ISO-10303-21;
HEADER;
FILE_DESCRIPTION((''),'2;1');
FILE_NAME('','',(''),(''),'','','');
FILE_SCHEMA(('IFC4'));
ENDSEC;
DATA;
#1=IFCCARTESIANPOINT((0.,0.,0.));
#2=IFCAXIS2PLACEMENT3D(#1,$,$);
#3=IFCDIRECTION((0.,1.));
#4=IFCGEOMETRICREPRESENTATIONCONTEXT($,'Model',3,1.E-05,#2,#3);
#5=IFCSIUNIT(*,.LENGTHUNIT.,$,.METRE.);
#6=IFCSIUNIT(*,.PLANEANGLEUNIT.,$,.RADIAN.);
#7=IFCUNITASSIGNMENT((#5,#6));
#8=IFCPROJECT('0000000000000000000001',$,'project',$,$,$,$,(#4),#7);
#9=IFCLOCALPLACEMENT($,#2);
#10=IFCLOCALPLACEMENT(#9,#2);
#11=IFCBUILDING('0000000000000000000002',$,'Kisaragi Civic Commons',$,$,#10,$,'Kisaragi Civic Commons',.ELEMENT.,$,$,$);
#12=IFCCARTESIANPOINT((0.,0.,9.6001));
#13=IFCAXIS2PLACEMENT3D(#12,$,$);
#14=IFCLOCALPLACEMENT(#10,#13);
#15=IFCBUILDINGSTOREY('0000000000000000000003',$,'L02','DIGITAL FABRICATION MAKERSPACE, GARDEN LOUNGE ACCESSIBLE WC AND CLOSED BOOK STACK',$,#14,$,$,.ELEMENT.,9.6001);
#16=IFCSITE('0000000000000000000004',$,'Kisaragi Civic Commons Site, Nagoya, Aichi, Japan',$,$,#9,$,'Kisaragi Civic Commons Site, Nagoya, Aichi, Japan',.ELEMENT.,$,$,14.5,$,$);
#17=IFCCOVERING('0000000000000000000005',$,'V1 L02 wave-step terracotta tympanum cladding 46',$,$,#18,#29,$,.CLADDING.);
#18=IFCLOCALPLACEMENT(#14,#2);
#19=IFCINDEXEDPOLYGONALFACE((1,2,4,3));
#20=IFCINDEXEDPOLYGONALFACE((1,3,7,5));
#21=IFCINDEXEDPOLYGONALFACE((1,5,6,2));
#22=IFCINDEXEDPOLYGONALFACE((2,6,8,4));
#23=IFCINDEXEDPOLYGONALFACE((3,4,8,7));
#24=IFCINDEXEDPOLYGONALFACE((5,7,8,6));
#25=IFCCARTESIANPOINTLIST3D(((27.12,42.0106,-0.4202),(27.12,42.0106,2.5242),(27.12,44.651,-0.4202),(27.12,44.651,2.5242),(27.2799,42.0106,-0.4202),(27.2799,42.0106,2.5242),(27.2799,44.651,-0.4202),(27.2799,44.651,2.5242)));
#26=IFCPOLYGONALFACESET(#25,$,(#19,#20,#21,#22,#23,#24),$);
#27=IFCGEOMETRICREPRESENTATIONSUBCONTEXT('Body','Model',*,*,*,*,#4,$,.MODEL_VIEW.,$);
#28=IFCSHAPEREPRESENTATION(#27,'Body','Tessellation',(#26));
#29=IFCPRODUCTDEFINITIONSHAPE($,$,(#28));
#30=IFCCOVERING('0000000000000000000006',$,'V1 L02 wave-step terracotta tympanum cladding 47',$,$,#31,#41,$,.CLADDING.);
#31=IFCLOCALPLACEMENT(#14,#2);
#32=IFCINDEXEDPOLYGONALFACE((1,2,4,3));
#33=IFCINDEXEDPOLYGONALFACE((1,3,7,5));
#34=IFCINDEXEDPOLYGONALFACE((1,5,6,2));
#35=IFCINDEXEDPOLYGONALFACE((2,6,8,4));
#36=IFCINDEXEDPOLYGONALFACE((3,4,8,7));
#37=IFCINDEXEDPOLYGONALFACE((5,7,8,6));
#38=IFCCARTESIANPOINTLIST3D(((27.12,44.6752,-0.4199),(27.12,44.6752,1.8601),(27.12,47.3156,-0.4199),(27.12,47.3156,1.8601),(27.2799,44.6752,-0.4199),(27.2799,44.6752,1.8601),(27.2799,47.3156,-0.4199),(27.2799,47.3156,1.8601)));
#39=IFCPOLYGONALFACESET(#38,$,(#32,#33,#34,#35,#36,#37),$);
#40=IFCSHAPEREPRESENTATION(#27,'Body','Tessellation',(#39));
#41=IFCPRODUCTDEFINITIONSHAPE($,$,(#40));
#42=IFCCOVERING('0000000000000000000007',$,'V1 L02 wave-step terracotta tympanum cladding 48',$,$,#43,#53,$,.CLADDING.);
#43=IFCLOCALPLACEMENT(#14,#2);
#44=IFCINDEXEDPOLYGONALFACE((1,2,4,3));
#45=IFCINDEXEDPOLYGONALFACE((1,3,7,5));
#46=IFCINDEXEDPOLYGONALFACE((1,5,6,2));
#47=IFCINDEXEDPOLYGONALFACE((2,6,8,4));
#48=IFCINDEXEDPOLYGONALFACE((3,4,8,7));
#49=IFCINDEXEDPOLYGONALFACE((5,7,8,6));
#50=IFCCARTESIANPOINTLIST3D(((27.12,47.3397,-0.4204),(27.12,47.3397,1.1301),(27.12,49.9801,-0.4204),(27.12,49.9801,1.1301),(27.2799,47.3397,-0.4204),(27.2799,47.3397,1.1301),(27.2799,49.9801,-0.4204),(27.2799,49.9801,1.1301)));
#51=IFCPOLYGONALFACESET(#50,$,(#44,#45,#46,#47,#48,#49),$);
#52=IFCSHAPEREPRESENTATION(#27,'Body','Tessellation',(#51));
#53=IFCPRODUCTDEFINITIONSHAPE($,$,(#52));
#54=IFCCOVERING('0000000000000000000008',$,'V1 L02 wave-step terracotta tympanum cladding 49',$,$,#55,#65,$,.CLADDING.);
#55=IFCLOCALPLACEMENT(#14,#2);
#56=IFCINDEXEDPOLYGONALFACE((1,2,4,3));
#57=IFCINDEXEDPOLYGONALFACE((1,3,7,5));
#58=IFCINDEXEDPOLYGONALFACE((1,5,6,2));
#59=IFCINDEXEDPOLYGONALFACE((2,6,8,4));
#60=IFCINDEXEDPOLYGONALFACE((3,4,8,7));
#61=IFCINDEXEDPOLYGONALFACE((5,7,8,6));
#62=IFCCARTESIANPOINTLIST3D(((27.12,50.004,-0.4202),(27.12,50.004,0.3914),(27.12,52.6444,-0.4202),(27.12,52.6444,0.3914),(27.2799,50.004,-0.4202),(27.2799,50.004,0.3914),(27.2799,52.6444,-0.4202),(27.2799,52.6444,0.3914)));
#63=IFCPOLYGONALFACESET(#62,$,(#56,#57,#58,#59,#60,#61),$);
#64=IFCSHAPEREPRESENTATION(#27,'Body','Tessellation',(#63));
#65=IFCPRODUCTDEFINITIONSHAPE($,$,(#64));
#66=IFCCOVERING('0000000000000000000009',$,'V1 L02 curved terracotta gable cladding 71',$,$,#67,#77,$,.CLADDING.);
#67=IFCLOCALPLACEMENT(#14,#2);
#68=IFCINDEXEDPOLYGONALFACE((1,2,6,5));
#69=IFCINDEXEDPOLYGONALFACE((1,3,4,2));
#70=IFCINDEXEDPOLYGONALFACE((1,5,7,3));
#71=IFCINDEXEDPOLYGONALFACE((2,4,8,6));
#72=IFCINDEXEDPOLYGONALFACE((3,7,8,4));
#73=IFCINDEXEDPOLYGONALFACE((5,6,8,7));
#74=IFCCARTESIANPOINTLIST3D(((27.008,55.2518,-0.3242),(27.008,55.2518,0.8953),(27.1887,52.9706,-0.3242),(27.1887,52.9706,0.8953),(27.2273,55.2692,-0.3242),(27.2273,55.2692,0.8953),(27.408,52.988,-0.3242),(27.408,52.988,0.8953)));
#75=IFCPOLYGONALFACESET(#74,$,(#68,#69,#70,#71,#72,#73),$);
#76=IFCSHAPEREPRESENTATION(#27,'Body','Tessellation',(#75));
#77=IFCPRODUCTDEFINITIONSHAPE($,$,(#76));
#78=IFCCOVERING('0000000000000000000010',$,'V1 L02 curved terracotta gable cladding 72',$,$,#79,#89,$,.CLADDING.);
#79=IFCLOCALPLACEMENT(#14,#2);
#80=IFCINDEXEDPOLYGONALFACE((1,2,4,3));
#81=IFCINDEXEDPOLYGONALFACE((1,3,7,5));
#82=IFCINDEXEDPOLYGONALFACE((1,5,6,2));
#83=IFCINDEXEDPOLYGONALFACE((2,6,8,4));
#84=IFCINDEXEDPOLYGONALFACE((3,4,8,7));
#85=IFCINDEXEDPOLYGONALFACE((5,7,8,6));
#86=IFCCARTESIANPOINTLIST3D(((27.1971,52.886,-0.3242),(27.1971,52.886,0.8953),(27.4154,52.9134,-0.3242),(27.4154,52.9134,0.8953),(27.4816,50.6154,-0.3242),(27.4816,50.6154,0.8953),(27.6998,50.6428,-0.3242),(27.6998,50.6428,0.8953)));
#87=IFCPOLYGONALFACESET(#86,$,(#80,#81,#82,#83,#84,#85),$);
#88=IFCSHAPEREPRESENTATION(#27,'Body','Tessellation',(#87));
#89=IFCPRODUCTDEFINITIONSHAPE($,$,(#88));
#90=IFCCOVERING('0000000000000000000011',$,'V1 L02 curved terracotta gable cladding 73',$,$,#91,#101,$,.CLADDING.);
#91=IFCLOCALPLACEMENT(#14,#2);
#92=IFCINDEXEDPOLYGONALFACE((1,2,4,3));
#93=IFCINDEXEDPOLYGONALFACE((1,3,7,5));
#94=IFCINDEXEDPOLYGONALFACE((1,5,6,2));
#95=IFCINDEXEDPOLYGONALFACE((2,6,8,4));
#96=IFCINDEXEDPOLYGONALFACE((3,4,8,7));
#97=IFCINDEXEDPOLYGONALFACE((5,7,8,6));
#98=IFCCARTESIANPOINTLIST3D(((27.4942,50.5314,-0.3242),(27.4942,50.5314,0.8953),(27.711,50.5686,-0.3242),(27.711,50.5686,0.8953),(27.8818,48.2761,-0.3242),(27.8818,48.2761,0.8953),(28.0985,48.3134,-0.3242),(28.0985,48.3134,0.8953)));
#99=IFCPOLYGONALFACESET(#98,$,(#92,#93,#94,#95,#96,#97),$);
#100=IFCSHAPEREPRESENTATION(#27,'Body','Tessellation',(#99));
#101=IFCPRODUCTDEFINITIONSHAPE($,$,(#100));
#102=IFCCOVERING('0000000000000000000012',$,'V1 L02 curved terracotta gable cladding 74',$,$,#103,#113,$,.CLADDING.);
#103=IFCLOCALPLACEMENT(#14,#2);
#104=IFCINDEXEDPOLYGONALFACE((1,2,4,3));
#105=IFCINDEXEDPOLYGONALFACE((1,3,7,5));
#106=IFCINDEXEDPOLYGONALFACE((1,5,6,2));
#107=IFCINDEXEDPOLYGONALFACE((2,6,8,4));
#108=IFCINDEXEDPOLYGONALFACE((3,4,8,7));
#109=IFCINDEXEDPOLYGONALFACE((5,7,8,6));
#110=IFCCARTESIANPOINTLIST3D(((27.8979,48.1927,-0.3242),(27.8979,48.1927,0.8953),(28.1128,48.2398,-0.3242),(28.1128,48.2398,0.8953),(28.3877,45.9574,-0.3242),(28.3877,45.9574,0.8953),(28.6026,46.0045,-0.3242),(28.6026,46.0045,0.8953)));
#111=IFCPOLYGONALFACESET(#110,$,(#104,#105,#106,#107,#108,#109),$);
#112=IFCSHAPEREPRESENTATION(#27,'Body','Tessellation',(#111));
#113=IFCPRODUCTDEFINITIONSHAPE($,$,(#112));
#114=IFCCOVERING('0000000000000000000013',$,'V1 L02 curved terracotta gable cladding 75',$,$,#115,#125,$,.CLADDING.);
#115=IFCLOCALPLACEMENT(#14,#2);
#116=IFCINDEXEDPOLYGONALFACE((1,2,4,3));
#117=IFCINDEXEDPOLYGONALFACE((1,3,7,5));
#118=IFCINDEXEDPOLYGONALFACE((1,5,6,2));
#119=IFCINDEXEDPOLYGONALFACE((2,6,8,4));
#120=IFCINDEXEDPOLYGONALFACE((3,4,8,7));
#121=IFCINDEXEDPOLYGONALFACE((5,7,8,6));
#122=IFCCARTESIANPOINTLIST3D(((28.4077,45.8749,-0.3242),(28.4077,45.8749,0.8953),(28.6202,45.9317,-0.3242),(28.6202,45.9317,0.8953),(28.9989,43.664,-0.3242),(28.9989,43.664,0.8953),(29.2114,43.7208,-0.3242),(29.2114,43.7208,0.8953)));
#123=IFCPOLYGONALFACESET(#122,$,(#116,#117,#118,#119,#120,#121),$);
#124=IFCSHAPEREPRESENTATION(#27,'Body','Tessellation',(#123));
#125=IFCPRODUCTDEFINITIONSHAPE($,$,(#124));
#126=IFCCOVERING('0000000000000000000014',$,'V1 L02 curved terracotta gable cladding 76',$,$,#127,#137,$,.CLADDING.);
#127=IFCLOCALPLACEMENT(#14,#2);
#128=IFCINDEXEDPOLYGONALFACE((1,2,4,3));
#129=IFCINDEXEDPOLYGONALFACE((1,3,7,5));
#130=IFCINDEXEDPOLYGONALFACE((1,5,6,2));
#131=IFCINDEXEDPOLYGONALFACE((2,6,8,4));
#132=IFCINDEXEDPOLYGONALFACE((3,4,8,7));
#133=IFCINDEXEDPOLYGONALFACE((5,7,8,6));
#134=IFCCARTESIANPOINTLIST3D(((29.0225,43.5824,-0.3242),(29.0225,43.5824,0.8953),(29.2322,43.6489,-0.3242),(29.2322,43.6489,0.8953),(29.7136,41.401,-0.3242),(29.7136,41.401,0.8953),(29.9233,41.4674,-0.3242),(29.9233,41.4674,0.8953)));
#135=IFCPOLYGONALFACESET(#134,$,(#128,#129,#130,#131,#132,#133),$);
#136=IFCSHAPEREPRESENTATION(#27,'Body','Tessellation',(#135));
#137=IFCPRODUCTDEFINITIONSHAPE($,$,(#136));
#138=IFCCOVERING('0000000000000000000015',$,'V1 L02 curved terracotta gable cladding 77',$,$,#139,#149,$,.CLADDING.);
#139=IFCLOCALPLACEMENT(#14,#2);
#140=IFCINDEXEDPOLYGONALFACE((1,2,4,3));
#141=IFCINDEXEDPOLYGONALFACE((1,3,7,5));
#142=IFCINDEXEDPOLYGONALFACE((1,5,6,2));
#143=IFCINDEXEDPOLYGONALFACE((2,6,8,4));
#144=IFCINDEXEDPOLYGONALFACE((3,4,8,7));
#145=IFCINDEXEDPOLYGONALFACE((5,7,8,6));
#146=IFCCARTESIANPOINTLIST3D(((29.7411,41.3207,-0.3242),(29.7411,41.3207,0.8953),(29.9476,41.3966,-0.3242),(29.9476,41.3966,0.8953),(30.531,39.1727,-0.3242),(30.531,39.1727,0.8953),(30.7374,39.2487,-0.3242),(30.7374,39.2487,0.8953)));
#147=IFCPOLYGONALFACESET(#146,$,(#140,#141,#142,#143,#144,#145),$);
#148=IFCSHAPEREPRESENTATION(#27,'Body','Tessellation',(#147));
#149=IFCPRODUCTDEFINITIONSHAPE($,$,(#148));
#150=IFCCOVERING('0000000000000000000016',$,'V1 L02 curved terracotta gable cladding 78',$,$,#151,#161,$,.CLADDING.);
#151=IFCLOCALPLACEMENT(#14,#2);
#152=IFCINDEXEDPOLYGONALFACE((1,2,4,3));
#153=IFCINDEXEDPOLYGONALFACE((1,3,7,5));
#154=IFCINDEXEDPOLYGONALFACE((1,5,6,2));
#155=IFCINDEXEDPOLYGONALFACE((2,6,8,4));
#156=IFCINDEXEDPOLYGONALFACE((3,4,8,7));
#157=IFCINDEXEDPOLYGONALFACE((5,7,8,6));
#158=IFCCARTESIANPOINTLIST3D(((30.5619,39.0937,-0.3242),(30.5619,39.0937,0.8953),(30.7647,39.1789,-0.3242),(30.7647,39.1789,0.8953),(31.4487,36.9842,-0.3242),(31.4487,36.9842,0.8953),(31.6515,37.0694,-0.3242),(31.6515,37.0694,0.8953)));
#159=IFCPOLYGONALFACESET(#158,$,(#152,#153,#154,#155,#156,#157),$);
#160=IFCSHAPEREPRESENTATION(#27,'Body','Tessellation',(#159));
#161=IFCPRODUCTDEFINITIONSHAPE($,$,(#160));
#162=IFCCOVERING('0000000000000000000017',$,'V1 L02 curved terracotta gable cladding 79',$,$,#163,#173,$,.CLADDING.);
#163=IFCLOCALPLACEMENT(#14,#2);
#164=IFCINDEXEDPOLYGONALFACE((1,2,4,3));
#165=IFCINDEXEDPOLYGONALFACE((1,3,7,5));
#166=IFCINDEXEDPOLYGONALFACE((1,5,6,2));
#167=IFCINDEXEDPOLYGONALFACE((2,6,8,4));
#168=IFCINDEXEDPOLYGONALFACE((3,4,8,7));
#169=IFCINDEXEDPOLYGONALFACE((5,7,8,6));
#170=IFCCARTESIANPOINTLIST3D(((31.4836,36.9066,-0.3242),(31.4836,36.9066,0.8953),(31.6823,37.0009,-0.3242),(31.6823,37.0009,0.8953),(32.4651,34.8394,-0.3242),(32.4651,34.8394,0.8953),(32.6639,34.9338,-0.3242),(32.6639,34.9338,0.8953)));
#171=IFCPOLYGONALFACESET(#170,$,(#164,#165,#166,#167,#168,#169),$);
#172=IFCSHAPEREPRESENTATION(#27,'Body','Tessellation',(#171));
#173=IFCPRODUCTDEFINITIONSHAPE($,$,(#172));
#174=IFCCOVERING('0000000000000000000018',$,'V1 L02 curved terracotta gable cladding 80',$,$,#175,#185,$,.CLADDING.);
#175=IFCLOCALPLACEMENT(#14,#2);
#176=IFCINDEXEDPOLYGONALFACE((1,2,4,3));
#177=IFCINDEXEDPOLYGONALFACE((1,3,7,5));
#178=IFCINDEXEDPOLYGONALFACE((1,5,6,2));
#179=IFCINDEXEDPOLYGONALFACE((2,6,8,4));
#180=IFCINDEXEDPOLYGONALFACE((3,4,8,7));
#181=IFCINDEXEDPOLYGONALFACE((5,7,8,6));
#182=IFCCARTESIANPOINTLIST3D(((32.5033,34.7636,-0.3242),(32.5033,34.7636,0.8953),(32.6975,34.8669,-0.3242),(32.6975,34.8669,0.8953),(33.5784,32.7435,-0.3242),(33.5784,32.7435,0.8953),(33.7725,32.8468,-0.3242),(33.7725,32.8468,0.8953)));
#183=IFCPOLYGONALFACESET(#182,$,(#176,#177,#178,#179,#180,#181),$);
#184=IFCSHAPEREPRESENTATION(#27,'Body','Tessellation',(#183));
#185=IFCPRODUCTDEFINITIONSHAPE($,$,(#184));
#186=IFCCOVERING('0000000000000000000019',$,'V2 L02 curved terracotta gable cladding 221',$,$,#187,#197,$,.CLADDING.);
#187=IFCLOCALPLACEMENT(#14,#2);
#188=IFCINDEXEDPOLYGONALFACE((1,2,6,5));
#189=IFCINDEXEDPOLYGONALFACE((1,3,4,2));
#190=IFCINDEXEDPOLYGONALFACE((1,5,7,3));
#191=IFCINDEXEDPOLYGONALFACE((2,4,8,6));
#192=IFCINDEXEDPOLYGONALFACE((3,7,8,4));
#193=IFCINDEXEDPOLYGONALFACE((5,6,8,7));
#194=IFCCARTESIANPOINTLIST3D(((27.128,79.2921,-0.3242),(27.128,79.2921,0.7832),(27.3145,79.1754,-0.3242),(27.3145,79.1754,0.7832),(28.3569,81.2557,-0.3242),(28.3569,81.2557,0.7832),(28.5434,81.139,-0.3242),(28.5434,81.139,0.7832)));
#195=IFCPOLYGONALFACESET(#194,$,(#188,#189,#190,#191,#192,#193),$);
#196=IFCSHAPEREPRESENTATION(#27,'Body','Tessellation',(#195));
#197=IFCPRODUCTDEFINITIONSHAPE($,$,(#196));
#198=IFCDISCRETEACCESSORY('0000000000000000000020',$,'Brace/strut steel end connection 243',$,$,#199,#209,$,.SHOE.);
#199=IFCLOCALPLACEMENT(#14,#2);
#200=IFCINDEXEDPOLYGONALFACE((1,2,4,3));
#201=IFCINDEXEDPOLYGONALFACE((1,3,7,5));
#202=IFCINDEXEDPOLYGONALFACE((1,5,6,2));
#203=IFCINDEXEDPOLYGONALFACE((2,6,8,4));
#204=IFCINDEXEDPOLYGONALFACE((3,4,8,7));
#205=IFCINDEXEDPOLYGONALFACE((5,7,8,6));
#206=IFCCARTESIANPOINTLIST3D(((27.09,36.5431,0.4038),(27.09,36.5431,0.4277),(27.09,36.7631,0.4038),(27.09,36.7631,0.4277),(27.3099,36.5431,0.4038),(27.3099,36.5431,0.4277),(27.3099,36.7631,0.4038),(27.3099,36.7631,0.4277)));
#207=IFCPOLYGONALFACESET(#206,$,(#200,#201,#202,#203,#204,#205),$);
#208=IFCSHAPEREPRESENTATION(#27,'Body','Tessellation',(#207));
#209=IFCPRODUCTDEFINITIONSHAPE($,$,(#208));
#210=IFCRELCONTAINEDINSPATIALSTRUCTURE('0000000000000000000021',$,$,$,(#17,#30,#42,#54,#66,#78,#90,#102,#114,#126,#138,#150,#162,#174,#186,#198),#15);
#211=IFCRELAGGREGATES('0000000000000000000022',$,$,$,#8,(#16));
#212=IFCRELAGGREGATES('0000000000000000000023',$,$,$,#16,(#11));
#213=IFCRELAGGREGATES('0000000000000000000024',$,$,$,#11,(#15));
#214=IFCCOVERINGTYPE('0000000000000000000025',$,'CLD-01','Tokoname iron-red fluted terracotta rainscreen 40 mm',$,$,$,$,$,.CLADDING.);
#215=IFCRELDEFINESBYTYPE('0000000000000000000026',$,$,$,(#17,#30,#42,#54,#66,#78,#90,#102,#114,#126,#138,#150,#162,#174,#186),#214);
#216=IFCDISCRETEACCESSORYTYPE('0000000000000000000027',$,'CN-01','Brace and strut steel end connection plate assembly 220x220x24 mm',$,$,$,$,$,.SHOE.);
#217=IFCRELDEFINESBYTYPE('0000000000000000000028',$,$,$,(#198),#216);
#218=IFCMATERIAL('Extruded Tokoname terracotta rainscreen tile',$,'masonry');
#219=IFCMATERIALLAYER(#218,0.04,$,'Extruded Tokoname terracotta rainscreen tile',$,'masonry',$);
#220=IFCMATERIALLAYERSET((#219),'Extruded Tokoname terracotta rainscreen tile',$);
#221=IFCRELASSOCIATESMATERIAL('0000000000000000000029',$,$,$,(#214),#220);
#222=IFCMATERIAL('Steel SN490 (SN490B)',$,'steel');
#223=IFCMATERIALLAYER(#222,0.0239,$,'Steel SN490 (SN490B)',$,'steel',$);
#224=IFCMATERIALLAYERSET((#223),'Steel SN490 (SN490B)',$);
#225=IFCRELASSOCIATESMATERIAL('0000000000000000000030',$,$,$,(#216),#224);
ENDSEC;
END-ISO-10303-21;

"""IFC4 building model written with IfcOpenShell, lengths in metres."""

from ifc_helpers import new_model, si_unit, direction, frame, origin, origin_2d, place, context, subcontext, project, spatial, rectangle, extrude, material, layer, layer_set, type_object, element, save


model = new_model("IFC4")

# Units and contexts
model_context = context("Model", 3, precision=1e-05, world=origin(), true_north=direction((0.0, 1.0)))
body_context = subcontext(model_context, "Body", "Model", "MODEL_VIEW")
ifc_project = project(units=[si_unit("LENGTHUNIT", "METRE"), si_unit("PLANEANGLEUNIT", "RADIAN")], contexts=[model_context])

# Site, building, storey
site_placement = place(None, origin())
site = spatial("IfcSite", under=ifc_project, at=site_placement, Name="Kisaragi Civic Commons Site, Nagoya, Aichi, Japan", LongName="Kisaragi Civic Commons Site, Nagoya, Aichi, Japan", CompositionType="ELEMENT", RefElevation=14.5)
building_placement = place(site_placement, origin())
building = spatial("IfcBuilding", under=site, at=building_placement, Name="Kisaragi Civic Commons", LongName="Kisaragi Civic Commons", CompositionType="ELEMENT")
storey_placement = place(building_placement, frame((0.0, 0.0, 9.6001)))
storey = spatial("IfcBuildingStorey", under=building, at=storey_placement, Name="L02", Description="DIGITAL FABRICATION MAKERSPACE, GARDEN LOUNGE ACCESSIBLE WC AND CLOSED BOOK STACK", CompositionType="ELEMENT", Elevation=9.6001)

# Coverings
ifc_material_1 = material(Name="Extruded Tokoname terracotta rainscreen tile", Category="masonry")
ifc_layer_1 = layer(ifc_material_1, 0.04, Name="Extruded Tokoname terracotta rainscreen tile", Category="masonry")
ifc_layer_set_1 = layer_set([ifc_layer_1], Name="Extruded Tokoname terracotta rainscreen tile")
covering_type = type_object("IfcCoveringType", Name="CLD-01", Description="Tokoname iron-red fluted terracotta rainscreen 40 mm", PredefinedType="CLADDING", material=ifc_layer_set_1)
covering_1_placement = place(storey_placement, frame((27.2, 43.3308, -0.4202), z_axis=(0.0, 0.0, 1.0), x_axis=(0.0, 1.0, 0.0)))
element("IfcCovering", 1, at=covering_1_placement, inside=storey, type_object=covering_type, Name="V1 L02 wave-step terracotta tympanum cladding 46", PredefinedType="CLADDING", context=body_context, shape_type="SweptSolid", body=[
    extrude(rectangle(XDim=2.6404, YDim=0.1599, at=origin_2d()), origin(), (0.0, 0.0, 1.0), 2.9443),
])
covering_2_placement = place(storey_placement, frame((27.2, 45.9954, -0.4199), z_axis=(0.0, 0.0, 1.0), x_axis=(0.0, 1.0, 0.0)))
element("IfcCovering", 2, at=covering_2_placement, inside=storey, type_object=covering_type, Name="V1 L02 wave-step terracotta tympanum cladding 47", PredefinedType="CLADDING", context=body_context, shape_type="SweptSolid", body=[
    extrude(rectangle(XDim=2.6404, YDim=0.1599, at=origin_2d()), origin(), (0.0, 0.0, 1.0), 2.28),
])
covering_3_placement = place(storey_placement, frame((27.2, 48.6599, -0.4204), z_axis=(0.0, 0.0, 1.0), x_axis=(0.0, 1.0, 0.0)))
element("IfcCovering", 3, at=covering_3_placement, inside=storey, type_object=covering_type, Name="V1 L02 wave-step terracotta tympanum cladding 48", PredefinedType="CLADDING", context=body_context, shape_type="SweptSolid", body=[
    extrude(rectangle(XDim=2.6404, YDim=0.1599, at=origin_2d()), origin(), (0.0, 0.0, 1.0), 1.5505),
])
covering_4_placement = place(storey_placement, frame((27.2, 51.3242, -0.4202), z_axis=(0.0, 0.0, 1.0), x_axis=(0.0, 1.0, 0.0)))
element("IfcCovering", 4, at=covering_4_placement, inside=storey, type_object=covering_type, Name="V1 L02 wave-step terracotta tympanum cladding 49", PredefinedType="CLADDING", context=body_context, shape_type="SweptSolid", body=[
    extrude(rectangle(XDim=2.6404, YDim=0.1599, at=origin_2d()), origin(), (0.0, 0.0, 1.0), 0.8115),
])
for number, where, z_axis, x_axis, name in (
    (5, (27.208, 54.1199, -0.3242), (0.0, 0.0, 1.0), (0.078981, -0.996876, 0.0), "V1 L02 curved terracotta gable cladding 71"),
    (6, (27.4485, 51.7644, -0.3242), (0.0, 0.0, 1.0), (0.124294, -0.992245, 0.0), "V1 L02 curved terracotta gable cladding 72"),
    (7, (27.7964, 49.4224, -0.3242), (0.0, 0.0, 1.0), (0.16935, -0.985556, 0.0), "V1 L02 curved terracotta gable cladding 73"),
    (8, (28.2502, 47.0986, -0.3242), (0.0, 0.0, 1.0), (0.214053, -0.976822, 0.0), "V1 L02 curved terracotta gable cladding 74"),
):
    element("IfcCovering", number, at=place(storey_placement, frame(where, z_axis=z_axis, x_axis=x_axis)), inside=storey, type_object=covering_type, Name=name, PredefinedType="CLADDING", context=body_context, shape_type="SweptSolid", body=[
        extrude(rectangle(XDim=2.2883, YDim=0.22, at=origin_2d()), origin(), (0.0, 0.0, 1.0), 1.2195),
    ])
covering_5_placement = place(storey_placement, frame((28.8096, 44.7979, -0.3242), z_axis=(0.0, 0.0, 1.0), x_axis=(0.258313, -0.966061, 0.0)))
element("IfcCovering", 9, at=covering_5_placement, inside=storey, type_object=covering_type, Name="V1 L02 curved terracotta gable cladding 75", PredefinedType="CLADDING", context=body_context, shape_type="SweptSolid", body=[
    extrude(rectangle(XDim=2.2886, YDim=0.22, at=origin_2d()), origin(), (0.0, 0.0, 1.0), 1.2195),
])
covering_6_placement = place(storey_placement, frame((29.4729, 42.5249, -0.3242), z_axis=(0.0, 0.0, 1.0), x_axis=(0.302037, -0.953296, 0.0)))
element("IfcCovering", 10, at=covering_6_placement, inside=storey, type_object=covering_type, Name="V1 L02 curved terracotta gable cladding 76", PredefinedType="CLADDING", context=body_context, shape_type="SweptSolid", body=[
    extrude(rectangle(XDim=2.2883, YDim=0.22, at=origin_2d()), origin(), (0.0, 0.0, 1.0), 1.2195),
])
covering_7_placement = place(storey_placement, frame((30.2393, 40.2847, -0.3242), z_axis=(0.0, 0.0, 1.0), x_axis=(0.345134, -0.938553, 0.0)))
element("IfcCovering", 11, at=covering_7_placement, inside=storey, type_object=covering_type, Name="V1 L02 curved terracotta gable cladding 77", PredefinedType="CLADDING", context=body_context, shape_type="SweptSolid", body=[
    extrude(rectangle(XDim=2.2886, YDim=0.22, at=origin_2d()), origin(), (0.0, 0.0, 1.0), 1.2195),
])
for number, where, z_axis, x_axis, name in (
    (12, (31.1067, 38.0815, -0.3242), (0.0, 0.0, 1.0), (0.387516, -0.921863, 0.0), "V1 L02 curved terracotta gable cladding 78"),
    (13, (32.0737, 35.9202, -0.3242), (0.0, 0.0, 1.0), (0.428935, -0.903335, 0.0), "V1 L02 curved terracotta gable cladding 79"),
    (14, (33.1379, 33.8052, -0.3242), (0.0, 0.0, 1.0), (0.46978, -0.882784, 0.0), "V1 L02 curved terracotta gable cladding 80"),
):
    element("IfcCovering", number, at=place(storey_placement, frame(where, z_axis=z_axis, x_axis=x_axis)), inside=storey, type_object=covering_type, Name=name, PredefinedType="CLADDING", context=body_context, shape_type="SweptSolid", body=[
        extrude(rectangle(XDim=2.2883, YDim=0.22, at=origin_2d()), origin(), (0.0, 0.0, 1.0), 1.2195),
    ])
covering_8_placement = place(storey_placement, frame((27.8357, 80.2156, -0.3242), z_axis=(0.0, 0.0, 1.0), x_axis=(-0.530511, -0.847678, 0.0)))
element("IfcCovering", 15, at=covering_8_placement, inside=storey, type_object=covering_type, Name="V2 L02 curved terracotta gable cladding 221", PredefinedType="CLADDING", context=body_context, shape_type="SweptSolid", body=[
    extrude(rectangle(XDim=2.3164, YDim=0.22, at=origin_2d()), origin(), (0.0, 0.0, 1.0), 1.1074),
])

# Discrete accessory
ifc_material_2 = material(Name="Steel SN490 (SN490B)", Category="steel")
ifc_layer_2 = layer(ifc_material_2, 0.0239, Name="Steel SN490 (SN490B)", Category="steel")
ifc_layer_set_2 = layer_set([ifc_layer_2], Name="Steel SN490 (SN490B)")
discrete_accessory_type = type_object("IfcDiscreteAccessoryType", Name="CN-01", Description="Brace and strut steel end connection plate assembly 220x220x24 mm", PredefinedType="SHOE", material=ifc_layer_set_2)
for number, where, z_axis, x_axis, name in (
    (16, (27.2, 36.6531, 0.4038), (0.0, 0.0, 1.0), (1.0, 0.0, 0.0), "Brace/strut steel end connection 243"),
):
    element("IfcDiscreteAccessory", number, at=place(storey_placement, frame(where, z_axis=z_axis, x_axis=x_axis)), inside=storey, type_object=discrete_accessory_type, Name=name, PredefinedType="SHOE", context=body_context, shape_type="SweptSolid", body=[
        extrude(rectangle(XDim=0.22, YDim=0.22, at=origin_2d()), origin(), (0.0, 0.0, 1.0), 0.0239),
    ])

save(model, "model.ifc")
